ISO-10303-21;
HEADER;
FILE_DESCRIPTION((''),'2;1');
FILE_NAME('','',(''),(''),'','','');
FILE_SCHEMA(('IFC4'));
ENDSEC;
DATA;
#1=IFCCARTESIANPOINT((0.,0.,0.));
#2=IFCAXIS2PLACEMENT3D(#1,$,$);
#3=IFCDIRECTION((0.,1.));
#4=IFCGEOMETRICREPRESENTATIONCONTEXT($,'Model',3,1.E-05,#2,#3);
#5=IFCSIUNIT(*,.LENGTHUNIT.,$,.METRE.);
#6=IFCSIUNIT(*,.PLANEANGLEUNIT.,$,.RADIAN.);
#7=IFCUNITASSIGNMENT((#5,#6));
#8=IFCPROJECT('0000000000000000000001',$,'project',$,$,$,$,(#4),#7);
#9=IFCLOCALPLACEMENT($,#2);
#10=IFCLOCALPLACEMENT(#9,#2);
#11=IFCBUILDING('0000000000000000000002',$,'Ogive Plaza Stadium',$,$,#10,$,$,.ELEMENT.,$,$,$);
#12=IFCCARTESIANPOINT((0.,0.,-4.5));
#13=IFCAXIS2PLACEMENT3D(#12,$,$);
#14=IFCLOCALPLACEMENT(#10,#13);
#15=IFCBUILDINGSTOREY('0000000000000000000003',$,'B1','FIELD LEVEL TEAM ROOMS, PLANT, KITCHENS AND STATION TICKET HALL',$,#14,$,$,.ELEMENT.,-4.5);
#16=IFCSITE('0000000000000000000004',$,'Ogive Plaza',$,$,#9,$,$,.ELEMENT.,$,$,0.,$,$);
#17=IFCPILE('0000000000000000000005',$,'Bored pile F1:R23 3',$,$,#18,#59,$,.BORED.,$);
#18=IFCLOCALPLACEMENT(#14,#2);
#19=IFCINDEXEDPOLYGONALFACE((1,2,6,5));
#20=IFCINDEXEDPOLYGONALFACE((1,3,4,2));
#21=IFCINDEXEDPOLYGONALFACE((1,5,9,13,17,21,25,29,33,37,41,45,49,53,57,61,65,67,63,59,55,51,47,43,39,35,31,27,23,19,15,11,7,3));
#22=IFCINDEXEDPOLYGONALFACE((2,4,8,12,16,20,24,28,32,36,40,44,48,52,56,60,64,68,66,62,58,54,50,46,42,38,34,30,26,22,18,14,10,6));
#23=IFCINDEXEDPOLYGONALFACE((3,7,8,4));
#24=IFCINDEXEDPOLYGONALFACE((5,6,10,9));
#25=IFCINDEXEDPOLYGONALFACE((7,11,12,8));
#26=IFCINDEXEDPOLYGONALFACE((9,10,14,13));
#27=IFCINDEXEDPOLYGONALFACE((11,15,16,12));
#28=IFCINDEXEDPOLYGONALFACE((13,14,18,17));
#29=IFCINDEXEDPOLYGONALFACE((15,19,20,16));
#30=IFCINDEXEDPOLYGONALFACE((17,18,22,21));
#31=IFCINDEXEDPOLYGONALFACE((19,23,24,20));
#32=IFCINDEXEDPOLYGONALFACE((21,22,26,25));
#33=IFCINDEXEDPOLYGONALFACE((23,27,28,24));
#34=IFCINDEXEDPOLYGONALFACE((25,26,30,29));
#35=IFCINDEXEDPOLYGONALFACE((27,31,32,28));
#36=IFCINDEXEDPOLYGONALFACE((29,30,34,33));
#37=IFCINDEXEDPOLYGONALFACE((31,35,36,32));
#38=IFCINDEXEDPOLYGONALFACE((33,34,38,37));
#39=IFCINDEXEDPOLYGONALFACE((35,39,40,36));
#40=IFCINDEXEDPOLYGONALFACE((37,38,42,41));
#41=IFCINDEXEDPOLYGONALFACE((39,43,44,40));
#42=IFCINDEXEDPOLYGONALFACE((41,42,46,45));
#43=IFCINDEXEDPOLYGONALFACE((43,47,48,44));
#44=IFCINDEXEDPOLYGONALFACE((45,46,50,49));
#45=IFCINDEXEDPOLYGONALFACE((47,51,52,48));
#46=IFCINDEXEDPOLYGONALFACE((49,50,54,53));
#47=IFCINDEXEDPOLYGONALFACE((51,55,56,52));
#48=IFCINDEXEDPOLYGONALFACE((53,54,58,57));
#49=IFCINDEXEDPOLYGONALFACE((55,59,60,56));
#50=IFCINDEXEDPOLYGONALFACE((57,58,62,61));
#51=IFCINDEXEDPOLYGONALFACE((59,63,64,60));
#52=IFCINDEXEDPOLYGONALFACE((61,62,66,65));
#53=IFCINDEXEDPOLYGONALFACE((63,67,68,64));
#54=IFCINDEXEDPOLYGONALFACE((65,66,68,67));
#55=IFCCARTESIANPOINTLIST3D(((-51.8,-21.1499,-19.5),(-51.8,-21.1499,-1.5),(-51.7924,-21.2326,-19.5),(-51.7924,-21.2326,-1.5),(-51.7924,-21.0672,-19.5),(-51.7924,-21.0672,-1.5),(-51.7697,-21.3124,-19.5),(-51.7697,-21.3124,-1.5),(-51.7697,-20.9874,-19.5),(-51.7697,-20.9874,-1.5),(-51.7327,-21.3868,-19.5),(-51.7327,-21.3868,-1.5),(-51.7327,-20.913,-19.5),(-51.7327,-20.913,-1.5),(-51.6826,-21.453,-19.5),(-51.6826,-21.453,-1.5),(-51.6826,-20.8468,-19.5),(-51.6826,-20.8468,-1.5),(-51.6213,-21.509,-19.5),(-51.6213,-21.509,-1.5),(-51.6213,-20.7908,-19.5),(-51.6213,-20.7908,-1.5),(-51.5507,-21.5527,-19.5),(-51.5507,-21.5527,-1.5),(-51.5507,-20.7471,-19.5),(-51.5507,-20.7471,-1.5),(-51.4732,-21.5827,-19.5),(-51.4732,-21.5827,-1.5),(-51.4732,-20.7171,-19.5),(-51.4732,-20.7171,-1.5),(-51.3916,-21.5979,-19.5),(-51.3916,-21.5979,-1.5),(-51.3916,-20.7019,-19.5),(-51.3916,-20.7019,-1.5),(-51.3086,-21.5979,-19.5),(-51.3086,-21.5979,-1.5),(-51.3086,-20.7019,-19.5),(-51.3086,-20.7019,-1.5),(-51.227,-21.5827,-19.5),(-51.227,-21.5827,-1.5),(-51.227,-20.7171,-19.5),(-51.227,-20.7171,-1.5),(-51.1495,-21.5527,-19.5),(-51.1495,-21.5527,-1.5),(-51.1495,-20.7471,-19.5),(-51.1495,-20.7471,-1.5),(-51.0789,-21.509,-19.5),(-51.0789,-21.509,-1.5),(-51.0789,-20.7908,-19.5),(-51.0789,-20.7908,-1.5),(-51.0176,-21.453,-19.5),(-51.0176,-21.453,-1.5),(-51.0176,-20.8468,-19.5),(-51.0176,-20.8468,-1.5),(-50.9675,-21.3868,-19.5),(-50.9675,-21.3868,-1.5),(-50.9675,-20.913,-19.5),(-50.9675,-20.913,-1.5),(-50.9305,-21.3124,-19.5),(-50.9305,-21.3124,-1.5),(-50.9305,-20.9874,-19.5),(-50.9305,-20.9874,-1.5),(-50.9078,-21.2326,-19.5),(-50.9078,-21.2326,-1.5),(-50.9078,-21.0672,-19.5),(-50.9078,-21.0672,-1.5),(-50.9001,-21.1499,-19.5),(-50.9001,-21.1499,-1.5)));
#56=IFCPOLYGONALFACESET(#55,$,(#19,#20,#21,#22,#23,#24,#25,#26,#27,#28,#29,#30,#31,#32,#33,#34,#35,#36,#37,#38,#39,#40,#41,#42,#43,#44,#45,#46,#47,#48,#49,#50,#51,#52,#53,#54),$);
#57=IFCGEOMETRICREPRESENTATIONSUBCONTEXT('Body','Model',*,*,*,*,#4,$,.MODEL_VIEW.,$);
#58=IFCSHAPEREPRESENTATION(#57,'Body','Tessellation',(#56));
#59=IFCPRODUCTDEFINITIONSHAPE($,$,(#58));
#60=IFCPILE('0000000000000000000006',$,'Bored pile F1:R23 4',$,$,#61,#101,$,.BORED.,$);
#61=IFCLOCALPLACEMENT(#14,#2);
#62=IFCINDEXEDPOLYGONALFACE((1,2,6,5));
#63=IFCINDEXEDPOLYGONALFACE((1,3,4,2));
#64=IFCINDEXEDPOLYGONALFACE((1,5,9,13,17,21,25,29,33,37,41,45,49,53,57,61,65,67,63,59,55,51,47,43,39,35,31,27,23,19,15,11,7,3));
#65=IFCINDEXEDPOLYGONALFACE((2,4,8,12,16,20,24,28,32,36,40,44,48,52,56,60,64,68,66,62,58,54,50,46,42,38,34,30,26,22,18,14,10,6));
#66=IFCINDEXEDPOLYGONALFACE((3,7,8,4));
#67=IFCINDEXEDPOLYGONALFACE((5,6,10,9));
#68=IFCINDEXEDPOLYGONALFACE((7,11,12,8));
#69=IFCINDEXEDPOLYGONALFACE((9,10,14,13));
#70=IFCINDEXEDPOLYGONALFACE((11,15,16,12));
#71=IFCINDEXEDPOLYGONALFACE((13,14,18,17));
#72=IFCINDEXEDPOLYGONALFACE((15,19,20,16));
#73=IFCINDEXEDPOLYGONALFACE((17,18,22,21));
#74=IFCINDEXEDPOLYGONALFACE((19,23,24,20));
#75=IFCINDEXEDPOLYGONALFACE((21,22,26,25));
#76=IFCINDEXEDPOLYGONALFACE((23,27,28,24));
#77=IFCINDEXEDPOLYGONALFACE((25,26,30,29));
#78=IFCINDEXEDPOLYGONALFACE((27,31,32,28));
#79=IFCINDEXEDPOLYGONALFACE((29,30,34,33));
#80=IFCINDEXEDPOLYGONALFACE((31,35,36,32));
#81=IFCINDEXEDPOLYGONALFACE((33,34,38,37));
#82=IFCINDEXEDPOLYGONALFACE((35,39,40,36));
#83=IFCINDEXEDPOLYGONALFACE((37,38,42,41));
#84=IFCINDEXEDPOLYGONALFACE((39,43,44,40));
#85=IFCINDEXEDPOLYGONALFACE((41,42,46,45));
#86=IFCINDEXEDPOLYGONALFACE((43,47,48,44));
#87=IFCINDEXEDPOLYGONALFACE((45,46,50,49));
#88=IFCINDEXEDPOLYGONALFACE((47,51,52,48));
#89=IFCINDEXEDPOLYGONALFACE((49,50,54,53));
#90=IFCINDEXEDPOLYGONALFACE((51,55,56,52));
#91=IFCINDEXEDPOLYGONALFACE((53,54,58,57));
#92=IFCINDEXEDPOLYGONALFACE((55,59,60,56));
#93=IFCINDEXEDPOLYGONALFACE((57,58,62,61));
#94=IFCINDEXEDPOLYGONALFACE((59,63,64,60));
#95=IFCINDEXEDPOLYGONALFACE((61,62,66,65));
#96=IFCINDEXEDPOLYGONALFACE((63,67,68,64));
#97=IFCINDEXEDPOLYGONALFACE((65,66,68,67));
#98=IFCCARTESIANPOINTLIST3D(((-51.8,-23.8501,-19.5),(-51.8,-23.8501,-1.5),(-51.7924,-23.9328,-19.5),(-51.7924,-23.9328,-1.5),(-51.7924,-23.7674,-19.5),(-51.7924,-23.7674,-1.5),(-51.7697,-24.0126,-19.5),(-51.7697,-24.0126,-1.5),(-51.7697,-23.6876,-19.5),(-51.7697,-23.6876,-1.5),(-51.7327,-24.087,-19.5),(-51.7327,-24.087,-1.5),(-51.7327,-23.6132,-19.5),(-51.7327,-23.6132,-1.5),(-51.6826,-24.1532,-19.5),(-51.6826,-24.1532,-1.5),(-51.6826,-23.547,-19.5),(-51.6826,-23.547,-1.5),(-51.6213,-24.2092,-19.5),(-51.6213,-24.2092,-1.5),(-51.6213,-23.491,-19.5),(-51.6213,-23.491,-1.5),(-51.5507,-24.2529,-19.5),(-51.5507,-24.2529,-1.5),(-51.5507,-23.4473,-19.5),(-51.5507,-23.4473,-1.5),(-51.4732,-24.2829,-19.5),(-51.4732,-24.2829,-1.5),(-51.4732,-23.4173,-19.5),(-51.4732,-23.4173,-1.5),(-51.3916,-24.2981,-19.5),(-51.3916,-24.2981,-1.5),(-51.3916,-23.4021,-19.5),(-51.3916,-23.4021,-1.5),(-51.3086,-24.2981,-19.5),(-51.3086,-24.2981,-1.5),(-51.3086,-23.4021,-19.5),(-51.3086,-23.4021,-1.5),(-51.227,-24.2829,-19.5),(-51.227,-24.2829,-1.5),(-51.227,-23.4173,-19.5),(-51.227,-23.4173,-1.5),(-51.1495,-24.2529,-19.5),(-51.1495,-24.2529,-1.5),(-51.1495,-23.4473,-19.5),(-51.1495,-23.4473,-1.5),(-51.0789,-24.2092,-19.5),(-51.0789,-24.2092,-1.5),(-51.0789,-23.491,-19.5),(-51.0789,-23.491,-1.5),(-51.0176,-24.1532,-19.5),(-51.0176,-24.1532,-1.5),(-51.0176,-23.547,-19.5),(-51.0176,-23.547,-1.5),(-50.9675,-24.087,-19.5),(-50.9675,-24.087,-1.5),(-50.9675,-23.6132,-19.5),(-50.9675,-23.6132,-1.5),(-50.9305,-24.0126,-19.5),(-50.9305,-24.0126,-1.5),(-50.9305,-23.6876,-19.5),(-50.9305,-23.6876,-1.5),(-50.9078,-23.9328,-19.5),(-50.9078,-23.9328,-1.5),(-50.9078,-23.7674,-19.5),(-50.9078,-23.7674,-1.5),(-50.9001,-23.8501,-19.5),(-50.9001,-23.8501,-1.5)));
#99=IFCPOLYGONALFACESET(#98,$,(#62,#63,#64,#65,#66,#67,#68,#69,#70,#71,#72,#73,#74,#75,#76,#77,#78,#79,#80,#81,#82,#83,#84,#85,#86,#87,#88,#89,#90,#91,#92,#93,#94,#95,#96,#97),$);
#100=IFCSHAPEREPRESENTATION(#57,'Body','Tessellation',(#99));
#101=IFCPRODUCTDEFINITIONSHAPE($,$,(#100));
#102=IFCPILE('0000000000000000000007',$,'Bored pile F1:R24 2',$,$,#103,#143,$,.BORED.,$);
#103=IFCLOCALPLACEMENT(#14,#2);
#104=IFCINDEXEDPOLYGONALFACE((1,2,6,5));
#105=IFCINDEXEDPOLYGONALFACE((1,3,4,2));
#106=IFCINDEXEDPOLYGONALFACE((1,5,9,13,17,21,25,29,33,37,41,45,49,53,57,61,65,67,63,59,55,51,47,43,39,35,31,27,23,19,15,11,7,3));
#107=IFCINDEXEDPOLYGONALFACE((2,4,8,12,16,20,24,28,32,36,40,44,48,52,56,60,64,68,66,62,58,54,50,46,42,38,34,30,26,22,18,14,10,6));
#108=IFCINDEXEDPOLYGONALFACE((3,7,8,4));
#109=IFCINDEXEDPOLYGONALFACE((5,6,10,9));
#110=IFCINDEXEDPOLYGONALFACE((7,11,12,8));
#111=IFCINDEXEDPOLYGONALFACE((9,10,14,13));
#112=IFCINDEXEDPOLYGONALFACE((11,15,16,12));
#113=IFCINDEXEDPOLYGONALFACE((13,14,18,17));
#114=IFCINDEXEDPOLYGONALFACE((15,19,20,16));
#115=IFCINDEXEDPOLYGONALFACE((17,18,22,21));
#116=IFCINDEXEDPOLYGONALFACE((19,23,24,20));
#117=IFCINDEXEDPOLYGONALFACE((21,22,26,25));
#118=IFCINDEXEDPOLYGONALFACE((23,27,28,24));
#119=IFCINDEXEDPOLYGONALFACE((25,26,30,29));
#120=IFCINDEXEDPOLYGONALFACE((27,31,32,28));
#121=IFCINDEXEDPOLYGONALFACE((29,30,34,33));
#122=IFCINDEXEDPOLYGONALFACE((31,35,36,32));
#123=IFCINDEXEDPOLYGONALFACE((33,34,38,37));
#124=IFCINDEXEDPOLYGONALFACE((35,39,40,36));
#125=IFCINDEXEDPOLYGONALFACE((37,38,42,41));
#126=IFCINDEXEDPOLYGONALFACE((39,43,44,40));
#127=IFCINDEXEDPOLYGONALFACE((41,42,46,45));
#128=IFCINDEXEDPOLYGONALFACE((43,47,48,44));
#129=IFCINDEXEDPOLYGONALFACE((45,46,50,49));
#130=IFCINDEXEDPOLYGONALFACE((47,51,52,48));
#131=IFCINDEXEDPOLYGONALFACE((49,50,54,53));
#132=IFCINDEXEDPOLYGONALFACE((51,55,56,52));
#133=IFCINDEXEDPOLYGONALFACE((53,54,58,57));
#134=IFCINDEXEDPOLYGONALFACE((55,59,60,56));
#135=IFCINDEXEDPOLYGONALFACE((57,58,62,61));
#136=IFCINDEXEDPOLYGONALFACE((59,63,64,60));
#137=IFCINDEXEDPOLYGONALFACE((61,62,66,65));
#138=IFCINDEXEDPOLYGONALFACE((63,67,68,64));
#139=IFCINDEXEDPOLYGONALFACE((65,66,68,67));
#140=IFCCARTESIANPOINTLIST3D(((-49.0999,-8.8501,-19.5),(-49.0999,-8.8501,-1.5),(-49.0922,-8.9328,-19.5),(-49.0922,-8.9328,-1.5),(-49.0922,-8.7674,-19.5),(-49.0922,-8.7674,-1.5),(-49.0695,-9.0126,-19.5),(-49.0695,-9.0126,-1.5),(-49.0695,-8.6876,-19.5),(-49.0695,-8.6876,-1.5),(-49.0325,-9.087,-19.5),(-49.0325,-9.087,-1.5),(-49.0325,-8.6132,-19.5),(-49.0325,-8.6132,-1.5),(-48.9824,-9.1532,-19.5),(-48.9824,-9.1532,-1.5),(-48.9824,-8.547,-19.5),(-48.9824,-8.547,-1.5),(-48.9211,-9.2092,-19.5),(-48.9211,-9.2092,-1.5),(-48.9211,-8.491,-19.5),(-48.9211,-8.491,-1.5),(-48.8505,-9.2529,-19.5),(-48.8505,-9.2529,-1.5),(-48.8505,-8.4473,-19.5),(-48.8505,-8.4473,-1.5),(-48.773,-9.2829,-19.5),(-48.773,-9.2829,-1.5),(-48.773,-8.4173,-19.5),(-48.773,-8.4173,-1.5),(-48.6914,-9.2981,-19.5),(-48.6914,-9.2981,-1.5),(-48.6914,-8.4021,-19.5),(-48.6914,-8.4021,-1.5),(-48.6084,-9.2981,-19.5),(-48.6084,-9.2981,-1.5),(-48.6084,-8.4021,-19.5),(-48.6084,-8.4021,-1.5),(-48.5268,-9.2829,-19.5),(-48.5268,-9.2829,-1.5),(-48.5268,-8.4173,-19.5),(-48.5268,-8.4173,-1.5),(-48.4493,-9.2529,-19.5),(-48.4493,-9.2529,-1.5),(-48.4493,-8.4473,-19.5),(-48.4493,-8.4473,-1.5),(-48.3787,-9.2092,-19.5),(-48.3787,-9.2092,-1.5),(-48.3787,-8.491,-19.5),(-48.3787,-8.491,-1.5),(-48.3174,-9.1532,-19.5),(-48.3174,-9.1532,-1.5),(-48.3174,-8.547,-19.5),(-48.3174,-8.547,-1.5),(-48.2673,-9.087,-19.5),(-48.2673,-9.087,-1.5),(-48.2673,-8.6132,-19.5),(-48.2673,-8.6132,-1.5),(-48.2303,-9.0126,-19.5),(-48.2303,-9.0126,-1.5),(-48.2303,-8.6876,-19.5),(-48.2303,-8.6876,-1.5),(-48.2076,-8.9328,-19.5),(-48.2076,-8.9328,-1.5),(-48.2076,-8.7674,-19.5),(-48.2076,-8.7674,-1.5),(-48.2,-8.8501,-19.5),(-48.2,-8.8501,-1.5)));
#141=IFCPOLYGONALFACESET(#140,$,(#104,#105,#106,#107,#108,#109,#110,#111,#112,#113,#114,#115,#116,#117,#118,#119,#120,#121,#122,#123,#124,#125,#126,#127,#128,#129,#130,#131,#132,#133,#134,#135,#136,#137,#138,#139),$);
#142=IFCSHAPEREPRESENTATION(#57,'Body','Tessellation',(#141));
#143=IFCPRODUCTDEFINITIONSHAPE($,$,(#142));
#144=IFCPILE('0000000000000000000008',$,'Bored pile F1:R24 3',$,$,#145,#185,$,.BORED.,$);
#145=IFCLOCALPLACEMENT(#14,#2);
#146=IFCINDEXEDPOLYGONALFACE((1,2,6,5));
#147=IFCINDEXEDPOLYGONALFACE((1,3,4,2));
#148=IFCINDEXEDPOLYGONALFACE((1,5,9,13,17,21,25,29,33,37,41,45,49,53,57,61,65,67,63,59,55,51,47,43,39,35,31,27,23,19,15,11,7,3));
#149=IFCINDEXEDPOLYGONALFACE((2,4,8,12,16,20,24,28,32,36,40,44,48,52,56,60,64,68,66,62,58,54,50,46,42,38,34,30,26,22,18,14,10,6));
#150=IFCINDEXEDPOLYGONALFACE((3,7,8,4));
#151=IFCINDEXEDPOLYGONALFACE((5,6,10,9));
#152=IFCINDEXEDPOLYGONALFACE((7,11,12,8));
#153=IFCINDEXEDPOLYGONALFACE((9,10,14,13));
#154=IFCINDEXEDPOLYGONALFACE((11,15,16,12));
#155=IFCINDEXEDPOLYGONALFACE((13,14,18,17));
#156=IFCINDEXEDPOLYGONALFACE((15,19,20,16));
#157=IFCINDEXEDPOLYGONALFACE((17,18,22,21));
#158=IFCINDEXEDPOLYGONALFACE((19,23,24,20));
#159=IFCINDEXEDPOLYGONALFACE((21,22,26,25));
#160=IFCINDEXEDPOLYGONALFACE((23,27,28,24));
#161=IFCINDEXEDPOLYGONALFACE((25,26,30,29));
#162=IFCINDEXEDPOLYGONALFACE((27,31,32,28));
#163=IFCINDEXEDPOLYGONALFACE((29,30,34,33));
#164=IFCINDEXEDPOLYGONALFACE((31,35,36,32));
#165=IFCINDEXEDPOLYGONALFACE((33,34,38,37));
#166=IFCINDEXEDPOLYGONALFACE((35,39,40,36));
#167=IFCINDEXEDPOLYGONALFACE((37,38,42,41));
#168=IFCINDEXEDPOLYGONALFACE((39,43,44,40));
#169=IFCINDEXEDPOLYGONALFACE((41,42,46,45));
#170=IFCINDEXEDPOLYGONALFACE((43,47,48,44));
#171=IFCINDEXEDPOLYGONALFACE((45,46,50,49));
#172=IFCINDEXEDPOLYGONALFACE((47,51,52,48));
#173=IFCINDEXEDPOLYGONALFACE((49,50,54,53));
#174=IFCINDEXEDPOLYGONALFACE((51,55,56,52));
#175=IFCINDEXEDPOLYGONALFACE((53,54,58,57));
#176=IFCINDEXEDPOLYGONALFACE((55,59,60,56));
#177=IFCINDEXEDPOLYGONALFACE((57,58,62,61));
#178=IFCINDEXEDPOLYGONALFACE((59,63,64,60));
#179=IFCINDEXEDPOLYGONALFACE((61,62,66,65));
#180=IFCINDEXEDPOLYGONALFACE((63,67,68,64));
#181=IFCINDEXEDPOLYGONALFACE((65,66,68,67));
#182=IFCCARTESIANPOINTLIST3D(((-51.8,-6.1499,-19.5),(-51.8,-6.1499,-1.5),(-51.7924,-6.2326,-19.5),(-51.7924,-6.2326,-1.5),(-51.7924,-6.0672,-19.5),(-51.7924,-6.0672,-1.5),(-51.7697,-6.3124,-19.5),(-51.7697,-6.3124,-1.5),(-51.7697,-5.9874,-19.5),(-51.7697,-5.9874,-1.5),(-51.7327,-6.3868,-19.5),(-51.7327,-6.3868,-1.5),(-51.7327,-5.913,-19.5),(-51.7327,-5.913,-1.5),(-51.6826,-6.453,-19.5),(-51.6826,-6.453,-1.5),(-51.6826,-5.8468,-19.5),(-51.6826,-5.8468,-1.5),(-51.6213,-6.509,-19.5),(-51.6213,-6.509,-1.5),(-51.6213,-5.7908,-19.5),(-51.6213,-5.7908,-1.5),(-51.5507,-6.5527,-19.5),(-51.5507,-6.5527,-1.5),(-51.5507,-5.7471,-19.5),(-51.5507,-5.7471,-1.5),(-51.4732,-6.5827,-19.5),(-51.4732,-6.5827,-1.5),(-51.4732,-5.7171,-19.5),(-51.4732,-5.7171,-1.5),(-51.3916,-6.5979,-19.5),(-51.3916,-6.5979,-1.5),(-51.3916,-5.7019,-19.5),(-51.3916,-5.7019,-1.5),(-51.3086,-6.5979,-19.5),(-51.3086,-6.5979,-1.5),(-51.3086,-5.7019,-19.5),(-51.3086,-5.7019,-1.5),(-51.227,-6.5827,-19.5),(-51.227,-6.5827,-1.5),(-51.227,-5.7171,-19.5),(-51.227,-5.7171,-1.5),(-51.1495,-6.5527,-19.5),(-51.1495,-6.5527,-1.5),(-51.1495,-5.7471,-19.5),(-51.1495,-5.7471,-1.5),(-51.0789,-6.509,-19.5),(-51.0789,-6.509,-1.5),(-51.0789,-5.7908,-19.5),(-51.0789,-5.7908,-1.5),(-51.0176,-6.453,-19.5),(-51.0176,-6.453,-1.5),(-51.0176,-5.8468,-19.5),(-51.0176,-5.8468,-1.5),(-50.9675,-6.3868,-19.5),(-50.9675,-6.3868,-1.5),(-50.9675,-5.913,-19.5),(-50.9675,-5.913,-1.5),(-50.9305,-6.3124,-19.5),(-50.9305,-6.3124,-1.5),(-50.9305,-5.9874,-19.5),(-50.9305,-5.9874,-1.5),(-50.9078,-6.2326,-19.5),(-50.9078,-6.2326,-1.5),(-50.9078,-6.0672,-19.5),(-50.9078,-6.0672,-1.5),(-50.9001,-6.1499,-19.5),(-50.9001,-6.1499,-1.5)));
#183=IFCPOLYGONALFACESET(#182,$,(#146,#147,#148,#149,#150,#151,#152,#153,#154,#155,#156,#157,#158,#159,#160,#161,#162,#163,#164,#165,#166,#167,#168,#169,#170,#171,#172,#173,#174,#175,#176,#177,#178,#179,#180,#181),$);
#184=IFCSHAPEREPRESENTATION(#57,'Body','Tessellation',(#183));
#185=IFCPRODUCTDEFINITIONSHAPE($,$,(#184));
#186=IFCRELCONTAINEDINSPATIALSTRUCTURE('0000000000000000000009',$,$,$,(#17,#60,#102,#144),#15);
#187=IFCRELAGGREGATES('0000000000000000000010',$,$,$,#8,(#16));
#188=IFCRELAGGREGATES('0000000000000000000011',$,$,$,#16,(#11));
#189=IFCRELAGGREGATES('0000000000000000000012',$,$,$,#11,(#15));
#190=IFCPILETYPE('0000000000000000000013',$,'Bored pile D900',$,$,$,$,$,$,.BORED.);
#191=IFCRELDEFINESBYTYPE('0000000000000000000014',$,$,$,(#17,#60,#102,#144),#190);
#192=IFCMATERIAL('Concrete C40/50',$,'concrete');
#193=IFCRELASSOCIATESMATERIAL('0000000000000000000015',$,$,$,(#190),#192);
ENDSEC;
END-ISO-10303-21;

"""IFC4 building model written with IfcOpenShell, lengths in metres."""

from ifc_helpers import new_model, si_unit, direction, frame, origin, origin_2d, place, context, subcontext, project, spatial, circle, extrude, material, material_profile, profile_set, type_object, element, save


model = new_model("IFC4")

# Units and contexts
model_context = context("Model", 3, precision=1e-05, world=origin(), true_north=direction((0.0, 1.0)))
body_context = subcontext(model_context, "Body", "Model", "MODEL_VIEW")
ifc_project = project(units=[si_unit("LENGTHUNIT", "METRE"), si_unit("PLANEANGLEUNIT", "RADIAN")], contexts=[model_context])

# Site, building, storey
site_placement = place(None, origin())
site = spatial("IfcSite", under=ifc_project, at=site_placement, Name="Ogive Plaza", CompositionType="ELEMENT", RefElevation=0.0)
building_placement = place(site_placement, origin())
building = spatial("IfcBuilding", under=site, at=building_placement, Name="Ogive Plaza Stadium", CompositionType="ELEMENT")
storey_placement = place(building_placement, frame((0.0, 0.0, -4.5)))
storey = spatial("IfcBuildingStorey", under=building, at=storey_placement, Name="B1", Description="FIELD LEVEL TEAM ROOMS, PLANT, KITCHENS AND STATION TICKET HALL", CompositionType="ELEMENT", Elevation=-4.5)

# Piles
ifc_material_1 = material(Name="Concrete C40/50", Category="concrete")
ifc_material_profile_1 = material_profile(ifc_material_1, circle(Radius=0.45, at=origin_2d()), Name="RC D900")
ifc_profile_set_1 = profile_set([ifc_material_profile_1], Name="Concrete C40/50")
pile_type_1 = type_object("IfcPileType", Name="Bored pile D900", PredefinedType="BORED", material=ifc_profile_set_1)
for number, where, z_axis, x_axis, name in (
    (1, (-51.3501, -21.1499, -1.5), (0.0, 0.0, -1.0), (1.0, 0.0, 0.0), "Bored pile F1:R23 3"),
    (2, (-51.3501, -23.8501, -1.5), (0.0, 0.0, -1.0), (1.0, 0.0, 0.0), "Bored pile F1:R23 4"),
    (3, (-48.6499, -8.8501, -1.5), (0.0, 0.0, -1.0), (1.0, 0.0, 0.0), "Bored pile F1:R24 2"),
    (4, (-51.3501, -6.1499, -1.5), (0.0, 0.0, -1.0), (1.0, 0.0, 0.0), "Bored pile F1:R24 3"),
):
    element("IfcPile", number, at=place(storey_placement, frame(where, z_axis=z_axis, x_axis=x_axis)), inside=storey, type_object=pile_type_1, Name=name, PredefinedType="BORED", context=body_context, shape_type="SweptSolid", body=[
        extrude(circle(Radius=0.45, at=origin_2d()), origin(), (0.0, 0.0, 1.0), 18.0),
    ])

save(model, "model.ifc")
